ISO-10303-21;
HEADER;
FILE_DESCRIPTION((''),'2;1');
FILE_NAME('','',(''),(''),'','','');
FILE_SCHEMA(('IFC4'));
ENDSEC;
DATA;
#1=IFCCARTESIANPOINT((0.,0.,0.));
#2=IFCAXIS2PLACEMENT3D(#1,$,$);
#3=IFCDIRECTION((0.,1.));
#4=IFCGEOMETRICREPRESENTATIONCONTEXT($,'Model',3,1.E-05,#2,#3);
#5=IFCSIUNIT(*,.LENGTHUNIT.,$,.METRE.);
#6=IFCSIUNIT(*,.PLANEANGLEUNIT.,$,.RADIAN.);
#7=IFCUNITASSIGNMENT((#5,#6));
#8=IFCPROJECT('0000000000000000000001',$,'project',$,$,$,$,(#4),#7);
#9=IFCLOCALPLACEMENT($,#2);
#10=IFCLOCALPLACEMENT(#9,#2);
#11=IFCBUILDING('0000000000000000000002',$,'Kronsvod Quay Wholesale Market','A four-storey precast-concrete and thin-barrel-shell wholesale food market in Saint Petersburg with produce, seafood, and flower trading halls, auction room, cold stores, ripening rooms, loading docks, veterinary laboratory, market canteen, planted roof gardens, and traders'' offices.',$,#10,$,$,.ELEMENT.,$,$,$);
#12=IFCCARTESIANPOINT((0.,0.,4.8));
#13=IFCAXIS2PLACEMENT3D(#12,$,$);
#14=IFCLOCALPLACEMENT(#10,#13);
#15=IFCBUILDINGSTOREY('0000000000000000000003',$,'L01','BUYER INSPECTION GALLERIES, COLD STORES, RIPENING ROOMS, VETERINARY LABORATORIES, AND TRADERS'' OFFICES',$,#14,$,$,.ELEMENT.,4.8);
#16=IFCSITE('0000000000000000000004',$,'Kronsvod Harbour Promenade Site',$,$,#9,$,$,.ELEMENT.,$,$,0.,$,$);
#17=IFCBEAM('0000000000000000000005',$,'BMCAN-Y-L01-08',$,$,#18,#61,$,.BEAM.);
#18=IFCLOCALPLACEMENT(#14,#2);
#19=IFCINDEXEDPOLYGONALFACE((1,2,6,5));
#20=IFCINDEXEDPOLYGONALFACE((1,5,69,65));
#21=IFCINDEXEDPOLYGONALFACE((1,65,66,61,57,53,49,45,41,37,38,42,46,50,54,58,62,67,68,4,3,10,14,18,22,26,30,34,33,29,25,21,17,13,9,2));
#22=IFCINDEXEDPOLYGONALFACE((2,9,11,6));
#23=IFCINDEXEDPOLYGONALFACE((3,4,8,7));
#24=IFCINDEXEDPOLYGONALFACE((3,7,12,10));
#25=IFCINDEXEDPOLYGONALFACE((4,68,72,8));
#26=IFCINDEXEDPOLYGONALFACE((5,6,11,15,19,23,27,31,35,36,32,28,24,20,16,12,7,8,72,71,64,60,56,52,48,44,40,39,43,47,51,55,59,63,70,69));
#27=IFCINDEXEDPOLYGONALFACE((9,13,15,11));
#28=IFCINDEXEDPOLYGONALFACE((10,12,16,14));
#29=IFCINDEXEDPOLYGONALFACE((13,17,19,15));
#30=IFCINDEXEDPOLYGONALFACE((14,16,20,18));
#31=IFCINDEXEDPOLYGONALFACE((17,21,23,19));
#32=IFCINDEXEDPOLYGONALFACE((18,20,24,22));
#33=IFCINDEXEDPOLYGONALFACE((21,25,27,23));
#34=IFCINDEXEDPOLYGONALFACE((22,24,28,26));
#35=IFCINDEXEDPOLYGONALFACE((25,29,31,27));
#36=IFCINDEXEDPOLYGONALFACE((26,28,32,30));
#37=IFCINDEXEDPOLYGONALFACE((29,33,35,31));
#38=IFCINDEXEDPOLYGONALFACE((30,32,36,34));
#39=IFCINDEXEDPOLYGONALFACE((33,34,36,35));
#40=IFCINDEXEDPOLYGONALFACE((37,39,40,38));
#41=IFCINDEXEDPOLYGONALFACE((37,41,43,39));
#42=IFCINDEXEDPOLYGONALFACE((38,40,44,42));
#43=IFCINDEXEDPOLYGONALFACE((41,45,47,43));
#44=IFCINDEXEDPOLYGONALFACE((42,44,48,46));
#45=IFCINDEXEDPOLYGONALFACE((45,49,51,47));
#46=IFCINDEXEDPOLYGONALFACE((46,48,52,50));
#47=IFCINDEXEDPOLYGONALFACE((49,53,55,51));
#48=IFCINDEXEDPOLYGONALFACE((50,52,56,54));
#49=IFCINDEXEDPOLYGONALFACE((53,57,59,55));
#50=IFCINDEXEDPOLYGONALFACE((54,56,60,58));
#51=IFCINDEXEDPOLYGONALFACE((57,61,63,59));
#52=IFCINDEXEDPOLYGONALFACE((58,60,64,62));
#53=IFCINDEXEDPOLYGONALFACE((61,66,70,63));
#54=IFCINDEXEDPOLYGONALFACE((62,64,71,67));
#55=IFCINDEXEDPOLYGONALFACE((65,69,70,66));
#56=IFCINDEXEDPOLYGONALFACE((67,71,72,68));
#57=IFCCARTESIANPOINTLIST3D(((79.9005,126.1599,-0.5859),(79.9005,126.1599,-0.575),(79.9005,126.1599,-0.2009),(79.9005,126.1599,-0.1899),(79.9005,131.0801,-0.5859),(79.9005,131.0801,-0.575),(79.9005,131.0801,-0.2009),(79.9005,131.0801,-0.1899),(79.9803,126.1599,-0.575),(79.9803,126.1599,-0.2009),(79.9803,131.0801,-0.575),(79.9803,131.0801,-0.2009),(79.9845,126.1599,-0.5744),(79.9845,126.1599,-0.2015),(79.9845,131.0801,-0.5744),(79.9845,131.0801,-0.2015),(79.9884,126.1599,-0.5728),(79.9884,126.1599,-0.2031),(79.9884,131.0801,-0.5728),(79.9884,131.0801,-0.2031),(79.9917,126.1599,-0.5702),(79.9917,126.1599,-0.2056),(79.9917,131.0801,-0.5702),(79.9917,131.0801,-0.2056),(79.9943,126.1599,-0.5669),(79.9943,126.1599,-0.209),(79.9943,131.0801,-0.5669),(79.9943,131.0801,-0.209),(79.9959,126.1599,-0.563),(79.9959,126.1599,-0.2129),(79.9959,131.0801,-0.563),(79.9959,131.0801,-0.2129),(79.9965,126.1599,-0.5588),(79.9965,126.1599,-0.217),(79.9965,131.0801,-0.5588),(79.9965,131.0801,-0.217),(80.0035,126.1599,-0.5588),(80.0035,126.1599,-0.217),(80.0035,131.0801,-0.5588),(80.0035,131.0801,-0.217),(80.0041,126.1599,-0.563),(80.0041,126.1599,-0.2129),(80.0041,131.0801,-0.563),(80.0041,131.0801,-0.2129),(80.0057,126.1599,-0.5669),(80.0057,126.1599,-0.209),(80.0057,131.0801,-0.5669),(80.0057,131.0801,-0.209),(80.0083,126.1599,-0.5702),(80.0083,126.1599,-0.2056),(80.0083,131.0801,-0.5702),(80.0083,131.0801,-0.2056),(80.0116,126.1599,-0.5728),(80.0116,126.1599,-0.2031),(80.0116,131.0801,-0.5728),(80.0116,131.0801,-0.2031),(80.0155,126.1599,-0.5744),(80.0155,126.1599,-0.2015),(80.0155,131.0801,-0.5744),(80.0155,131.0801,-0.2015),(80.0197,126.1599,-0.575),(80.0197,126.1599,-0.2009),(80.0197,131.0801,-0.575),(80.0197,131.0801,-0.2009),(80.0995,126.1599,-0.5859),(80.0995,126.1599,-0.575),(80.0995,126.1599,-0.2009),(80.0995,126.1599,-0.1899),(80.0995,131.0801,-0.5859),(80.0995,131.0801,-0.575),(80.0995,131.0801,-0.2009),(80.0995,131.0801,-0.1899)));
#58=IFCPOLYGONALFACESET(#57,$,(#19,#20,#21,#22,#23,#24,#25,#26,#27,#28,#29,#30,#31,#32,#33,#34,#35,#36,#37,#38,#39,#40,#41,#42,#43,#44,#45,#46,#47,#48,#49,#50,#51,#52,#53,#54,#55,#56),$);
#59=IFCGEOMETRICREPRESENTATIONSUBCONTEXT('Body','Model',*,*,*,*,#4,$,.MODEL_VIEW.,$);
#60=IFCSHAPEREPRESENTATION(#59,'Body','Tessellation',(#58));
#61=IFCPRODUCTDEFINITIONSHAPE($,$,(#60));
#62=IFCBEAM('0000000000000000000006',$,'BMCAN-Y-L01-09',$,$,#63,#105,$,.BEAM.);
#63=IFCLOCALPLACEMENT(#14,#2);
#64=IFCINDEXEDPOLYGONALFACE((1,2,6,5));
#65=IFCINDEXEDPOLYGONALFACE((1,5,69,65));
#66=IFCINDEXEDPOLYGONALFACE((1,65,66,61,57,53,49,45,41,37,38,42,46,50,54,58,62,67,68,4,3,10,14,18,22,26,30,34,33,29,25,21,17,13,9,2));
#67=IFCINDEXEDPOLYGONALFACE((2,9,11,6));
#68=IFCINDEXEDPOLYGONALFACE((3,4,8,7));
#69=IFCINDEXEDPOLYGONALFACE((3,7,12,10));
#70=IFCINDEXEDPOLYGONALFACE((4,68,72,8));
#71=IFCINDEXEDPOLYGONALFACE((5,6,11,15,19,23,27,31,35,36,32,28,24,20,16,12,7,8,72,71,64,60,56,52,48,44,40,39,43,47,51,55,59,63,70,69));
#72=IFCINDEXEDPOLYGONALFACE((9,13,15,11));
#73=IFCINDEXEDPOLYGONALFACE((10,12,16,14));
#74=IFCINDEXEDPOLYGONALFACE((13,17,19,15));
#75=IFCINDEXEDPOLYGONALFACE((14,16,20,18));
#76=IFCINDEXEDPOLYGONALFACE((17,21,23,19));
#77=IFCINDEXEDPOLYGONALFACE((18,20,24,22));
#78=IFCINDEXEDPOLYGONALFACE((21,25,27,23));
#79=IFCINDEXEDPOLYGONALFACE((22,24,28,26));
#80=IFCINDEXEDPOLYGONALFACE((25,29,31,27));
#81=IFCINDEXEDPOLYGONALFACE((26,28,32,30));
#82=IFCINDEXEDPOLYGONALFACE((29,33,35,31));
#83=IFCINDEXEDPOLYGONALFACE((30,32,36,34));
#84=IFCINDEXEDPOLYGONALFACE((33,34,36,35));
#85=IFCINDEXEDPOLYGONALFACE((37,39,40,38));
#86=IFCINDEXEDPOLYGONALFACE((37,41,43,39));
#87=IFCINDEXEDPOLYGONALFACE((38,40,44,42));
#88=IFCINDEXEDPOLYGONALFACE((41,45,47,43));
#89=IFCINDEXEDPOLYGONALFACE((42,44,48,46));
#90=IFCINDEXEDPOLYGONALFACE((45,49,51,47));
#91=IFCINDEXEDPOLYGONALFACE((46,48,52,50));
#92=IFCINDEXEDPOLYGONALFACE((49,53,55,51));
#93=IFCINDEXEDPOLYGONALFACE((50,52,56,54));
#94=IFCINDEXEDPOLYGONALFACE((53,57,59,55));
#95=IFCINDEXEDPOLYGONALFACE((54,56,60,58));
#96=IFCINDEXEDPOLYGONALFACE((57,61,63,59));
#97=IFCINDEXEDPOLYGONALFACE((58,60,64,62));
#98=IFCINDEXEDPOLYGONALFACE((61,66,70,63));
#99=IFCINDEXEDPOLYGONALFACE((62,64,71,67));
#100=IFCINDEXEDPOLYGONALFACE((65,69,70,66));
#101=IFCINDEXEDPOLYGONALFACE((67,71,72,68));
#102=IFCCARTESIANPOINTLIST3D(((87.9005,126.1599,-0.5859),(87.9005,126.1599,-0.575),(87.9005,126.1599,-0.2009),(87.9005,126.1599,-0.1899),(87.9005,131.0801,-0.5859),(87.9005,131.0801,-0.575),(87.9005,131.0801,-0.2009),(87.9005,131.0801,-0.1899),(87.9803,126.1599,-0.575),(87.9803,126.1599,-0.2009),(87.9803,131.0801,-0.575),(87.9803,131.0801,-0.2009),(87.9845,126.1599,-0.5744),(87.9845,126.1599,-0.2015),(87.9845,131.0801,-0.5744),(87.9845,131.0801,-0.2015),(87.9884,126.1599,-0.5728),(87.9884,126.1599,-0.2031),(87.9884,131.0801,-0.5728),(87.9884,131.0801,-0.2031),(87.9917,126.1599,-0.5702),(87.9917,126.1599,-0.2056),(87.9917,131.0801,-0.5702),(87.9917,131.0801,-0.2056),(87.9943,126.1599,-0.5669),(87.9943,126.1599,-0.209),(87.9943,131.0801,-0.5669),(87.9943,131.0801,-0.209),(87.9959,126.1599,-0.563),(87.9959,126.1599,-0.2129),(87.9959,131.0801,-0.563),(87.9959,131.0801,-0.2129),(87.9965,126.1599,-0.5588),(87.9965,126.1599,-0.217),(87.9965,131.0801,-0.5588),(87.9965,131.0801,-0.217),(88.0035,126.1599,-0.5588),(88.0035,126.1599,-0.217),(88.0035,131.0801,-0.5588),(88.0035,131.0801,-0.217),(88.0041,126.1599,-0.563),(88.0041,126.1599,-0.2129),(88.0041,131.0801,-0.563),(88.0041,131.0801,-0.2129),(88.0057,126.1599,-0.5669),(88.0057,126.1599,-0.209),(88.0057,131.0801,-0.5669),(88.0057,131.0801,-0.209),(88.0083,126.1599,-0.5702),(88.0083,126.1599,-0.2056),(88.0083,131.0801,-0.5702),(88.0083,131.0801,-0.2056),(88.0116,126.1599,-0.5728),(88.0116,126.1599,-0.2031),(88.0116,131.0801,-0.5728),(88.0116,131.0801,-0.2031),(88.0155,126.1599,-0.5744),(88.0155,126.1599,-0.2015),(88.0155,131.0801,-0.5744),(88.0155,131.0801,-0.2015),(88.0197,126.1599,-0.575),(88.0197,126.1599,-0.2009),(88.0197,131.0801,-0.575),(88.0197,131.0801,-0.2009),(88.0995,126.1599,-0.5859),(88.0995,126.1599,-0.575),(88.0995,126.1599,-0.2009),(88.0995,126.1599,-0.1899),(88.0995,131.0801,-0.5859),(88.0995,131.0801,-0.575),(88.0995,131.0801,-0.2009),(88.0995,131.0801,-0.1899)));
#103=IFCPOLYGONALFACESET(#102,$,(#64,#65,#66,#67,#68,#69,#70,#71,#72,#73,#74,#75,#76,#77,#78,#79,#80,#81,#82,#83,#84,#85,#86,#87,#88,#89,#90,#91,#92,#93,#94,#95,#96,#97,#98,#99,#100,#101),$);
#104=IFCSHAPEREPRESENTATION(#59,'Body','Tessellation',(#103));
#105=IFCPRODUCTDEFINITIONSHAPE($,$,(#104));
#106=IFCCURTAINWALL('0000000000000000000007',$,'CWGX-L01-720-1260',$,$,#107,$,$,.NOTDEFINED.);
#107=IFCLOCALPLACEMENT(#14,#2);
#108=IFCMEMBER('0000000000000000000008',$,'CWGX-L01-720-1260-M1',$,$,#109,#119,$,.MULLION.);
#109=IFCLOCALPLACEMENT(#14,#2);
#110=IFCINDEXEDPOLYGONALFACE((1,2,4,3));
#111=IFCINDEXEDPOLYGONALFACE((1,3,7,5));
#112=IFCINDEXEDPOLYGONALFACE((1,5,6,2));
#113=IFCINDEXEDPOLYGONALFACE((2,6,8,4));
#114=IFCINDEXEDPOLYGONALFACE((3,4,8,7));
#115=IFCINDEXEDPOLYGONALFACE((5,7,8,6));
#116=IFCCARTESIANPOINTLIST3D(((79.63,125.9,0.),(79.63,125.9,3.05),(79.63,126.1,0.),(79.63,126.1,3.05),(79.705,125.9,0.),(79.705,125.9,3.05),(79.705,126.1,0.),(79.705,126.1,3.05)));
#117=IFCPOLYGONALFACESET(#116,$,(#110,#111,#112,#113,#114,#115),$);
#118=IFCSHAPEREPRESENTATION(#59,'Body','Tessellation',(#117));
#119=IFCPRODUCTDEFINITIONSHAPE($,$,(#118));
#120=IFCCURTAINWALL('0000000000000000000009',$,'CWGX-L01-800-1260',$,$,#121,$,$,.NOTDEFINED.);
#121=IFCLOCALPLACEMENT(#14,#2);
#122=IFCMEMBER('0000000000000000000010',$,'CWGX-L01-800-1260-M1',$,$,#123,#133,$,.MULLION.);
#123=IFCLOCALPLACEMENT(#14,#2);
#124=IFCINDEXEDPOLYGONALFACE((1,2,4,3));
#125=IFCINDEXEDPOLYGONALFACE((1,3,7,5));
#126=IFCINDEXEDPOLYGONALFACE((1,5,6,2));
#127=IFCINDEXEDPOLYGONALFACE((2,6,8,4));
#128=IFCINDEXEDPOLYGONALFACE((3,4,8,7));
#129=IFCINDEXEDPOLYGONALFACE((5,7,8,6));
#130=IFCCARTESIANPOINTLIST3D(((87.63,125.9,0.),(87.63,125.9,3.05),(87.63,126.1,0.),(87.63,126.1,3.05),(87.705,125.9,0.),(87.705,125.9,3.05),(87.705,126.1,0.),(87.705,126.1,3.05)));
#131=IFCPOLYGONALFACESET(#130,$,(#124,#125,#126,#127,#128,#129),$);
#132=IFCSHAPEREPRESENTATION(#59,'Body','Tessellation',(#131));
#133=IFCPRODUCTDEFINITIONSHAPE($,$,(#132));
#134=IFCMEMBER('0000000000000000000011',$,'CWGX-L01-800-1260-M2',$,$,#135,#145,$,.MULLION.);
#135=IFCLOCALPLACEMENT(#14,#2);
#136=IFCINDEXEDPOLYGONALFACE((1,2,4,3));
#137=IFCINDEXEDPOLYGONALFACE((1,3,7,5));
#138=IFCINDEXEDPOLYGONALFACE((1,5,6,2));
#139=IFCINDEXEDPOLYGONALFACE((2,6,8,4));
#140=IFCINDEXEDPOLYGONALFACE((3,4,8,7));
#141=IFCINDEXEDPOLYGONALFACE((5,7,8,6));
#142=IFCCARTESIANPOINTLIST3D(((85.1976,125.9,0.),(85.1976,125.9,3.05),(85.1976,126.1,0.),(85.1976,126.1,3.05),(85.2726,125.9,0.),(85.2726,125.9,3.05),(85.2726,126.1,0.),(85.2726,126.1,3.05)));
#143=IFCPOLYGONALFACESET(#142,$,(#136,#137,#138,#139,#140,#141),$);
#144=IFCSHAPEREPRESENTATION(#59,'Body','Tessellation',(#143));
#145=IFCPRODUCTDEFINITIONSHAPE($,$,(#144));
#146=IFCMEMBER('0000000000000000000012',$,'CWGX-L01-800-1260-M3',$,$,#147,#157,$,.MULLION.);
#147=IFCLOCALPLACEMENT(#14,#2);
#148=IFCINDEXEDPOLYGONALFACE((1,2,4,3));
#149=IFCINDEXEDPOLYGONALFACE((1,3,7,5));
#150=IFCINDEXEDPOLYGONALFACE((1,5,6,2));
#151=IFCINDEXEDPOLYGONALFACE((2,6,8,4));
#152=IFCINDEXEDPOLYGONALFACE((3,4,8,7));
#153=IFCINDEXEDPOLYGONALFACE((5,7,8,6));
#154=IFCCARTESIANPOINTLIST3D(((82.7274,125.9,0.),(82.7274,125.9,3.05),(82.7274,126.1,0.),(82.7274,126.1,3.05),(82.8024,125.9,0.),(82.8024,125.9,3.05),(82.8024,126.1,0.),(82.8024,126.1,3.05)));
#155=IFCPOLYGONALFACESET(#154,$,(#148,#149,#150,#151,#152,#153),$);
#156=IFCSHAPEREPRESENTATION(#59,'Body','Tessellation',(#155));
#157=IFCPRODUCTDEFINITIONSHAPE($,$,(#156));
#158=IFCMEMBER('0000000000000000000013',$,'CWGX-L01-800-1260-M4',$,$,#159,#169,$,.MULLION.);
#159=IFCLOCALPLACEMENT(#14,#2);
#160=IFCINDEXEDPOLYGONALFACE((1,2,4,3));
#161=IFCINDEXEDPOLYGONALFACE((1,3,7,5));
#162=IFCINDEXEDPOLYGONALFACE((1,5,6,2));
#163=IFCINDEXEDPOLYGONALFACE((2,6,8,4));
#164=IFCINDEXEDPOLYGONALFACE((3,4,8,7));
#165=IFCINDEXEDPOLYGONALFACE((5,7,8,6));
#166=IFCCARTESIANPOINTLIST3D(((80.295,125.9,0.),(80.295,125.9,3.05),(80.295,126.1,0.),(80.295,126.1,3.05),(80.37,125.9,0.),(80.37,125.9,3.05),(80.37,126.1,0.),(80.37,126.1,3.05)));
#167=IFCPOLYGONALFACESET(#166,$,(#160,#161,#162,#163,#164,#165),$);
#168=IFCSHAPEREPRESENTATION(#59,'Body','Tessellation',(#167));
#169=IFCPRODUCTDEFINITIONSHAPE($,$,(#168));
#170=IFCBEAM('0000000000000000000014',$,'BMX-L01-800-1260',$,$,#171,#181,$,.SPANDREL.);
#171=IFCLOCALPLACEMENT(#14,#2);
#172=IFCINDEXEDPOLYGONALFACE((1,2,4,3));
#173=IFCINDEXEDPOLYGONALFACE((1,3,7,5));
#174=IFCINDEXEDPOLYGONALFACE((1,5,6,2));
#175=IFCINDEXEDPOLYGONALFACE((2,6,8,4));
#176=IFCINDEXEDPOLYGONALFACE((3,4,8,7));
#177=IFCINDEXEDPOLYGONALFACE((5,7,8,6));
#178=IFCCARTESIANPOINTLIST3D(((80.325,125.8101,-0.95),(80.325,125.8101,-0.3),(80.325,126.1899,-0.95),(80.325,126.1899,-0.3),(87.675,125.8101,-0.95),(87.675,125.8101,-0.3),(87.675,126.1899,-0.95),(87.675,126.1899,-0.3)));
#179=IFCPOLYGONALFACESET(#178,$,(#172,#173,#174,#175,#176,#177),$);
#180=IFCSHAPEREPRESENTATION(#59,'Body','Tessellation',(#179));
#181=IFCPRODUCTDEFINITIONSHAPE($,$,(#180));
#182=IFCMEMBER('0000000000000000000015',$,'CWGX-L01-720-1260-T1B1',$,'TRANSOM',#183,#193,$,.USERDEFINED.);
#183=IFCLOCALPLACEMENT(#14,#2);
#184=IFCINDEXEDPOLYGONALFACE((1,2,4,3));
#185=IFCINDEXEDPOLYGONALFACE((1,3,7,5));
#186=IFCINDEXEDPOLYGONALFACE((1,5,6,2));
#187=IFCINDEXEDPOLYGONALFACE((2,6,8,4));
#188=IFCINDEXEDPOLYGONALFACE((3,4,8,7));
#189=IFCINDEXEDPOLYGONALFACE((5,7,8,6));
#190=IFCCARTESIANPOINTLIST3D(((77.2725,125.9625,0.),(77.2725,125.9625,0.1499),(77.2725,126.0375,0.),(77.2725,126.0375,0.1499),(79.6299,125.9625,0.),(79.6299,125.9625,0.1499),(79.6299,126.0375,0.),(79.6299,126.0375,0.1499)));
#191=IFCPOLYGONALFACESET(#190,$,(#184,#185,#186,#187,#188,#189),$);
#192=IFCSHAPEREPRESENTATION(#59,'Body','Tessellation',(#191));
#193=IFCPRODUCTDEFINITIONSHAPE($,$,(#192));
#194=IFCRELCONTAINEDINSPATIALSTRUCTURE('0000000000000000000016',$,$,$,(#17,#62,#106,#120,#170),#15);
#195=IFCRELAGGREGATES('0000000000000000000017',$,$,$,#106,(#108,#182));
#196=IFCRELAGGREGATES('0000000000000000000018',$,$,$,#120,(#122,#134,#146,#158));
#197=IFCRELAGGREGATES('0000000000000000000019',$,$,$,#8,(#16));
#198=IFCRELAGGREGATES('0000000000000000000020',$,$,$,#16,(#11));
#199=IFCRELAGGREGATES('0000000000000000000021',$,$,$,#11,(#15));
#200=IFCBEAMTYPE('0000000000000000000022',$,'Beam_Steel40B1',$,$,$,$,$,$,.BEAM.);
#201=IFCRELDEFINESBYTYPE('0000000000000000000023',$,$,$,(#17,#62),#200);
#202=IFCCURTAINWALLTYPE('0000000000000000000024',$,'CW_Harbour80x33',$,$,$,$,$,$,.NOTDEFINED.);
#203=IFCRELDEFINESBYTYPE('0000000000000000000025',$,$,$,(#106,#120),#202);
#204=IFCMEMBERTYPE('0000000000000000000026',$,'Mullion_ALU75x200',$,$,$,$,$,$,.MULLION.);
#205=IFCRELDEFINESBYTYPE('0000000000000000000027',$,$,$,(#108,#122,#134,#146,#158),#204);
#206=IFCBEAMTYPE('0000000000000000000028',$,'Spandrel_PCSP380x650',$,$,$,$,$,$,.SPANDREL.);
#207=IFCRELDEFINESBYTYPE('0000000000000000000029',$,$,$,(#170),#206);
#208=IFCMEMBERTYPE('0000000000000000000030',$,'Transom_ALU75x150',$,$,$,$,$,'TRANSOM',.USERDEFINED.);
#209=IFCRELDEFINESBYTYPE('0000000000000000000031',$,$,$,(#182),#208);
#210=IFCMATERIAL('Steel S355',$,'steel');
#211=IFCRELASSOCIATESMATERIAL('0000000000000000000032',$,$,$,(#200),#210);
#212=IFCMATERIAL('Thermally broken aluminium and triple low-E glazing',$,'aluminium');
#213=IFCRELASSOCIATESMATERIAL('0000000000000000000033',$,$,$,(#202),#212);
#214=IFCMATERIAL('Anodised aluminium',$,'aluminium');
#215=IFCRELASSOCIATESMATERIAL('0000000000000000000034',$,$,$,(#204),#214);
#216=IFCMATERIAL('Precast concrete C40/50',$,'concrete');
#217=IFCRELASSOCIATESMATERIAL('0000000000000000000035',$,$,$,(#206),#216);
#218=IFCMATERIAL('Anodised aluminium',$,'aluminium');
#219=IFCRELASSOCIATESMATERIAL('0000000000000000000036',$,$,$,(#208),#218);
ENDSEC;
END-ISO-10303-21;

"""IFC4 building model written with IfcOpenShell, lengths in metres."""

from ifc_helpers import new_model, si_unit, direction, frame, origin, origin_2d, place, context, subcontext, project, spatial, rectangle, i_section, extrude, material, material_profile, profile_set, type_object, element, aggregate, save


model = new_model("IFC4")

# Units and contexts
model_context = context("Model", 3, precision=1e-05, world=origin(), true_north=direction((0.0, 1.0)))
body_context = subcontext(model_context, "Body", "Model", "MODEL_VIEW")
ifc_project = project(units=[si_unit("LENGTHUNIT", "METRE"), si_unit("PLANEANGLEUNIT", "RADIAN")], contexts=[model_context])

# Site, building, storey
site_placement = place(None, origin())
site = spatial("IfcSite", under=ifc_project, at=site_placement, Name="Kronsvod Harbour Promenade Site", CompositionType="ELEMENT", RefElevation=0.0)
building_placement = place(site_placement, origin())
building = spatial("IfcBuilding", under=site, at=building_placement, Name="Kronsvod Quay Wholesale Market", Description="A four-storey precast-concrete and thin-barrel-shell wholesale food market in Saint Petersburg with produce, seafood, and flower trading halls, auction room, cold stores, ripening rooms, loading docks, veterinary laboratory, market canteen, planted roof gardens, and traders' offices.", CompositionType="ELEMENT")
storey_placement = place(building_placement, frame((0.0, 0.0, 4.8)))
storey = spatial("IfcBuildingStorey", under=building, at=storey_placement, Name="L01", Description="BUYER INSPECTION GALLERIES, COLD STORES, RIPENING ROOMS, VETERINARY LABORATORIES, AND TRADERS' OFFICES", CompositionType="ELEMENT", Elevation=4.8)

# Beams
ifc_material_1 = material(Name="Steel S355", Category="steel")
ifc_material_profile_1 = material_profile(ifc_material_1, i_section(OverallWidth=0.199, OverallDepth=0.396, WebThickness=0.0071, FlangeThickness=0.011, FilletRadius=0.0161, at=origin_2d()), Name="40B1")
ifc_profile_set_1 = profile_set([ifc_material_profile_1], Name="Steel S355")
beam_type_1 = type_object("IfcBeamType", Name="Beam_Steel40B1", PredefinedType="BEAM", material=ifc_profile_set_1)
for number, where, z_axis, x_axis, name in (
    (1, (80.0, 126.1599, -0.3879), (0.0, 1.0, 0.0), (-1.0, 0.0, 0.0), "BMCAN-Y-L01-08"),
    (2, (88.0, 126.1599, -0.3879), (0.0, 1.0, 0.0), (-1.0, 0.0, 0.0), "BMCAN-Y-L01-09"),
):
    element("IfcBeam", number, at=place(storey_placement, frame(where, z_axis=z_axis, x_axis=x_axis)), inside=storey, type_object=beam_type_1, Name=name, PredefinedType="BEAM", context=body_context, shape_type="SweptSolid", body=[
        extrude(i_section(OverallWidth=0.199, OverallDepth=0.396, WebThickness=0.0071, FlangeThickness=0.011, FilletRadius=0.0161, at=origin_2d()), origin(), (0.0, 0.0, 1.0), 4.9202),
    ])

# Curtain wall, member
ifc_material_2 = material(Name="Thermally broken aluminium and triple low-E glazing", Category="aluminium")
curtain_wall_type = type_object("IfcCurtainWallType", Name="CW_Harbour80x33", PredefinedType="NOTDEFINED", material=ifc_material_2)
curtain_wall_1_placement = place(storey_placement, origin())
curtain_wall_1 = element("IfcCurtainWall", 3, at=curtain_wall_1_placement, inside=storey, type_object=curtain_wall_type, Name="CWGX-L01-720-1260", PredefinedType="NOTDEFINED")
ifc_material_3 = material(Name="Anodised aluminium", Category="aluminium")
ifc_material_profile_2 = material_profile(ifc_material_3, rectangle(XDim=0.075, YDim=0.2, at=origin_2d()), Name="ALUM75x200")
ifc_profile_set_2 = profile_set([ifc_material_profile_2], Name="Anodised aluminium")
member_type_1 = type_object("IfcMemberType", Name="Mullion_ALU75x200", PredefinedType="MULLION", material=ifc_profile_set_2)
member_1_placement = place(storey_placement, frame((79.6675, 126.0, 0.0), z_axis=(0.0, 0.0, 1.0), x_axis=(1.0, 0.0, 0.0)))
member_1 = element("IfcMember", 4, at=member_1_placement, type_object=member_type_1, Name="CWGX-L01-720-1260-M1", PredefinedType="MULLION", context=body_context, shape_type="SweptSolid", body=[
    extrude(rectangle(XDim=0.075, YDim=0.2, at=origin_2d()), origin(), (0.0, 0.0, 1.0), 3.05),
])

# Curtain wall, members
curtain_wall_2_placement = place(storey_placement, origin())
curtain_wall_2 = element("IfcCurtainWall", 5, at=curtain_wall_2_placement, inside=storey, type_object=curtain_wall_type, Name="CWGX-L01-800-1260", PredefinedType="NOTDEFINED")
member_2_placement = place(storey_placement, frame((87.6675, 126.0, 0.0), z_axis=(0.0, 0.0, 1.0), x_axis=(1.0, 0.0, 0.0)))
member_2 = element("IfcMember", 6, at=member_2_placement, type_object=member_type_1, Name="CWGX-L01-800-1260-M1", PredefinedType="MULLION", context=body_context, shape_type="SweptSolid", body=[
    extrude(rectangle(XDim=0.075, YDim=0.2, at=origin_2d()), origin(), (0.0, 0.0, 1.0), 3.05),
])
member_3_placement = place(storey_placement, frame((85.2351, 126.0, 0.0), z_axis=(0.0, 0.0, 1.0), x_axis=(1.0, 0.0, 0.0)))
member_3 = element("IfcMember", 7, at=member_3_placement, type_object=member_type_1, Name="CWGX-L01-800-1260-M2", PredefinedType="MULLION", context=body_context, shape_type="SweptSolid", body=[
    extrude(rectangle(XDim=0.075, YDim=0.2, at=origin_2d()), origin(), (0.0, 0.0, 1.0), 3.05),
])
member_4_placement = place(storey_placement, frame((82.7649, 126.0, 0.0), z_axis=(0.0, 0.0, 1.0), x_axis=(1.0, 0.0, 0.0)))
member_4 = element("IfcMember", 8, at=member_4_placement, type_object=member_type_1, Name="CWGX-L01-800-1260-M3", PredefinedType="MULLION", context=body_context, shape_type="SweptSolid", body=[
    extrude(rectangle(XDim=0.075, YDim=0.2, at=origin_2d()), origin(), (0.0, 0.0, 1.0), 3.05),
])
member_5_placement = place(storey_placement, frame((80.3325, 126.0, 0.0), z_axis=(0.0, 0.0, 1.0), x_axis=(1.0, 0.0, 0.0)))
member_5 = element("IfcMember", 9, at=member_5_placement, type_object=member_type_1, Name="CWGX-L01-800-1260-M4", PredefinedType="MULLION", context=body_context, shape_type="SweptSolid", body=[
    extrude(rectangle(XDim=0.075, YDim=0.2, at=origin_2d()), origin(), (0.0, 0.0, 1.0), 3.05),
])

# Beam
ifc_material_4 = material(Name="Precast concrete C40/50", Category="concrete")
ifc_material_profile_3 = material_profile(ifc_material_4, rectangle(XDim=0.3799, YDim=0.6499, at=origin_2d()), Name="SPB-03")
ifc_profile_set_3 = profile_set([ifc_material_profile_3], Name="Precast concrete C40/50")
beam_type_2 = type_object("IfcBeamType", Name="Spandrel_PCSP380x650", PredefinedType="SPANDREL", material=ifc_profile_set_3)
beam_1_placement = place(storey_placement, frame((80.325, 126.0, -0.625), z_axis=(1.0, 0.0, 0.0), x_axis=(0.0, 1.0, 0.0)))
element("IfcBeam", 10, at=beam_1_placement, inside=storey, type_object=beam_type_2, Name="BMX-L01-800-1260", PredefinedType="SPANDREL", context=body_context, shape_type="SweptSolid", body=[
    extrude(rectangle(XDim=0.3799, YDim=0.6499, at=origin_2d()), origin(), (0.0, 0.0, 1.0), 7.3501),
])

# Member
ifc_material_5 = material(Name="Anodised aluminium", Category="aluminium")
ifc_material_profile_4 = material_profile(ifc_material_5, rectangle(XDim=0.075, YDim=0.1499, at=origin_2d()), Name="ALUT75x150")
ifc_profile_set_4 = profile_set([ifc_material_profile_4], Name="Anodised aluminium")
member_type_2 = type_object("IfcMemberType", Name="Transom_ALU75x150", ElementType="TRANSOM", PredefinedType="USERDEFINED", material=ifc_profile_set_4)
member_6_placement = place(storey_placement, frame((79.6299, 126.0, 0.075), z_axis=(-1.0, 0.0, 0.0), x_axis=(0.0, -1.0, 0.0)))
member_6 = element("IfcMember", 11, at=member_6_placement, type_object=member_type_2, Name="CWGX-L01-720-1260-T1B1", ObjectType="TRANSOM", PredefinedType="USERDEFINED", context=body_context, shape_type="SweptSolid", body=[
    extrude(rectangle(XDim=0.075, YDim=0.1499, at=origin_2d()), origin(), (0.0, 0.0, 1.0), 2.3574),
])

aggregate(curtain_wall_1, [member_1, member_6])
aggregate(curtain_wall_2, [member_2, member_3, member_4, member_5])

save(model, "model.ifc")
